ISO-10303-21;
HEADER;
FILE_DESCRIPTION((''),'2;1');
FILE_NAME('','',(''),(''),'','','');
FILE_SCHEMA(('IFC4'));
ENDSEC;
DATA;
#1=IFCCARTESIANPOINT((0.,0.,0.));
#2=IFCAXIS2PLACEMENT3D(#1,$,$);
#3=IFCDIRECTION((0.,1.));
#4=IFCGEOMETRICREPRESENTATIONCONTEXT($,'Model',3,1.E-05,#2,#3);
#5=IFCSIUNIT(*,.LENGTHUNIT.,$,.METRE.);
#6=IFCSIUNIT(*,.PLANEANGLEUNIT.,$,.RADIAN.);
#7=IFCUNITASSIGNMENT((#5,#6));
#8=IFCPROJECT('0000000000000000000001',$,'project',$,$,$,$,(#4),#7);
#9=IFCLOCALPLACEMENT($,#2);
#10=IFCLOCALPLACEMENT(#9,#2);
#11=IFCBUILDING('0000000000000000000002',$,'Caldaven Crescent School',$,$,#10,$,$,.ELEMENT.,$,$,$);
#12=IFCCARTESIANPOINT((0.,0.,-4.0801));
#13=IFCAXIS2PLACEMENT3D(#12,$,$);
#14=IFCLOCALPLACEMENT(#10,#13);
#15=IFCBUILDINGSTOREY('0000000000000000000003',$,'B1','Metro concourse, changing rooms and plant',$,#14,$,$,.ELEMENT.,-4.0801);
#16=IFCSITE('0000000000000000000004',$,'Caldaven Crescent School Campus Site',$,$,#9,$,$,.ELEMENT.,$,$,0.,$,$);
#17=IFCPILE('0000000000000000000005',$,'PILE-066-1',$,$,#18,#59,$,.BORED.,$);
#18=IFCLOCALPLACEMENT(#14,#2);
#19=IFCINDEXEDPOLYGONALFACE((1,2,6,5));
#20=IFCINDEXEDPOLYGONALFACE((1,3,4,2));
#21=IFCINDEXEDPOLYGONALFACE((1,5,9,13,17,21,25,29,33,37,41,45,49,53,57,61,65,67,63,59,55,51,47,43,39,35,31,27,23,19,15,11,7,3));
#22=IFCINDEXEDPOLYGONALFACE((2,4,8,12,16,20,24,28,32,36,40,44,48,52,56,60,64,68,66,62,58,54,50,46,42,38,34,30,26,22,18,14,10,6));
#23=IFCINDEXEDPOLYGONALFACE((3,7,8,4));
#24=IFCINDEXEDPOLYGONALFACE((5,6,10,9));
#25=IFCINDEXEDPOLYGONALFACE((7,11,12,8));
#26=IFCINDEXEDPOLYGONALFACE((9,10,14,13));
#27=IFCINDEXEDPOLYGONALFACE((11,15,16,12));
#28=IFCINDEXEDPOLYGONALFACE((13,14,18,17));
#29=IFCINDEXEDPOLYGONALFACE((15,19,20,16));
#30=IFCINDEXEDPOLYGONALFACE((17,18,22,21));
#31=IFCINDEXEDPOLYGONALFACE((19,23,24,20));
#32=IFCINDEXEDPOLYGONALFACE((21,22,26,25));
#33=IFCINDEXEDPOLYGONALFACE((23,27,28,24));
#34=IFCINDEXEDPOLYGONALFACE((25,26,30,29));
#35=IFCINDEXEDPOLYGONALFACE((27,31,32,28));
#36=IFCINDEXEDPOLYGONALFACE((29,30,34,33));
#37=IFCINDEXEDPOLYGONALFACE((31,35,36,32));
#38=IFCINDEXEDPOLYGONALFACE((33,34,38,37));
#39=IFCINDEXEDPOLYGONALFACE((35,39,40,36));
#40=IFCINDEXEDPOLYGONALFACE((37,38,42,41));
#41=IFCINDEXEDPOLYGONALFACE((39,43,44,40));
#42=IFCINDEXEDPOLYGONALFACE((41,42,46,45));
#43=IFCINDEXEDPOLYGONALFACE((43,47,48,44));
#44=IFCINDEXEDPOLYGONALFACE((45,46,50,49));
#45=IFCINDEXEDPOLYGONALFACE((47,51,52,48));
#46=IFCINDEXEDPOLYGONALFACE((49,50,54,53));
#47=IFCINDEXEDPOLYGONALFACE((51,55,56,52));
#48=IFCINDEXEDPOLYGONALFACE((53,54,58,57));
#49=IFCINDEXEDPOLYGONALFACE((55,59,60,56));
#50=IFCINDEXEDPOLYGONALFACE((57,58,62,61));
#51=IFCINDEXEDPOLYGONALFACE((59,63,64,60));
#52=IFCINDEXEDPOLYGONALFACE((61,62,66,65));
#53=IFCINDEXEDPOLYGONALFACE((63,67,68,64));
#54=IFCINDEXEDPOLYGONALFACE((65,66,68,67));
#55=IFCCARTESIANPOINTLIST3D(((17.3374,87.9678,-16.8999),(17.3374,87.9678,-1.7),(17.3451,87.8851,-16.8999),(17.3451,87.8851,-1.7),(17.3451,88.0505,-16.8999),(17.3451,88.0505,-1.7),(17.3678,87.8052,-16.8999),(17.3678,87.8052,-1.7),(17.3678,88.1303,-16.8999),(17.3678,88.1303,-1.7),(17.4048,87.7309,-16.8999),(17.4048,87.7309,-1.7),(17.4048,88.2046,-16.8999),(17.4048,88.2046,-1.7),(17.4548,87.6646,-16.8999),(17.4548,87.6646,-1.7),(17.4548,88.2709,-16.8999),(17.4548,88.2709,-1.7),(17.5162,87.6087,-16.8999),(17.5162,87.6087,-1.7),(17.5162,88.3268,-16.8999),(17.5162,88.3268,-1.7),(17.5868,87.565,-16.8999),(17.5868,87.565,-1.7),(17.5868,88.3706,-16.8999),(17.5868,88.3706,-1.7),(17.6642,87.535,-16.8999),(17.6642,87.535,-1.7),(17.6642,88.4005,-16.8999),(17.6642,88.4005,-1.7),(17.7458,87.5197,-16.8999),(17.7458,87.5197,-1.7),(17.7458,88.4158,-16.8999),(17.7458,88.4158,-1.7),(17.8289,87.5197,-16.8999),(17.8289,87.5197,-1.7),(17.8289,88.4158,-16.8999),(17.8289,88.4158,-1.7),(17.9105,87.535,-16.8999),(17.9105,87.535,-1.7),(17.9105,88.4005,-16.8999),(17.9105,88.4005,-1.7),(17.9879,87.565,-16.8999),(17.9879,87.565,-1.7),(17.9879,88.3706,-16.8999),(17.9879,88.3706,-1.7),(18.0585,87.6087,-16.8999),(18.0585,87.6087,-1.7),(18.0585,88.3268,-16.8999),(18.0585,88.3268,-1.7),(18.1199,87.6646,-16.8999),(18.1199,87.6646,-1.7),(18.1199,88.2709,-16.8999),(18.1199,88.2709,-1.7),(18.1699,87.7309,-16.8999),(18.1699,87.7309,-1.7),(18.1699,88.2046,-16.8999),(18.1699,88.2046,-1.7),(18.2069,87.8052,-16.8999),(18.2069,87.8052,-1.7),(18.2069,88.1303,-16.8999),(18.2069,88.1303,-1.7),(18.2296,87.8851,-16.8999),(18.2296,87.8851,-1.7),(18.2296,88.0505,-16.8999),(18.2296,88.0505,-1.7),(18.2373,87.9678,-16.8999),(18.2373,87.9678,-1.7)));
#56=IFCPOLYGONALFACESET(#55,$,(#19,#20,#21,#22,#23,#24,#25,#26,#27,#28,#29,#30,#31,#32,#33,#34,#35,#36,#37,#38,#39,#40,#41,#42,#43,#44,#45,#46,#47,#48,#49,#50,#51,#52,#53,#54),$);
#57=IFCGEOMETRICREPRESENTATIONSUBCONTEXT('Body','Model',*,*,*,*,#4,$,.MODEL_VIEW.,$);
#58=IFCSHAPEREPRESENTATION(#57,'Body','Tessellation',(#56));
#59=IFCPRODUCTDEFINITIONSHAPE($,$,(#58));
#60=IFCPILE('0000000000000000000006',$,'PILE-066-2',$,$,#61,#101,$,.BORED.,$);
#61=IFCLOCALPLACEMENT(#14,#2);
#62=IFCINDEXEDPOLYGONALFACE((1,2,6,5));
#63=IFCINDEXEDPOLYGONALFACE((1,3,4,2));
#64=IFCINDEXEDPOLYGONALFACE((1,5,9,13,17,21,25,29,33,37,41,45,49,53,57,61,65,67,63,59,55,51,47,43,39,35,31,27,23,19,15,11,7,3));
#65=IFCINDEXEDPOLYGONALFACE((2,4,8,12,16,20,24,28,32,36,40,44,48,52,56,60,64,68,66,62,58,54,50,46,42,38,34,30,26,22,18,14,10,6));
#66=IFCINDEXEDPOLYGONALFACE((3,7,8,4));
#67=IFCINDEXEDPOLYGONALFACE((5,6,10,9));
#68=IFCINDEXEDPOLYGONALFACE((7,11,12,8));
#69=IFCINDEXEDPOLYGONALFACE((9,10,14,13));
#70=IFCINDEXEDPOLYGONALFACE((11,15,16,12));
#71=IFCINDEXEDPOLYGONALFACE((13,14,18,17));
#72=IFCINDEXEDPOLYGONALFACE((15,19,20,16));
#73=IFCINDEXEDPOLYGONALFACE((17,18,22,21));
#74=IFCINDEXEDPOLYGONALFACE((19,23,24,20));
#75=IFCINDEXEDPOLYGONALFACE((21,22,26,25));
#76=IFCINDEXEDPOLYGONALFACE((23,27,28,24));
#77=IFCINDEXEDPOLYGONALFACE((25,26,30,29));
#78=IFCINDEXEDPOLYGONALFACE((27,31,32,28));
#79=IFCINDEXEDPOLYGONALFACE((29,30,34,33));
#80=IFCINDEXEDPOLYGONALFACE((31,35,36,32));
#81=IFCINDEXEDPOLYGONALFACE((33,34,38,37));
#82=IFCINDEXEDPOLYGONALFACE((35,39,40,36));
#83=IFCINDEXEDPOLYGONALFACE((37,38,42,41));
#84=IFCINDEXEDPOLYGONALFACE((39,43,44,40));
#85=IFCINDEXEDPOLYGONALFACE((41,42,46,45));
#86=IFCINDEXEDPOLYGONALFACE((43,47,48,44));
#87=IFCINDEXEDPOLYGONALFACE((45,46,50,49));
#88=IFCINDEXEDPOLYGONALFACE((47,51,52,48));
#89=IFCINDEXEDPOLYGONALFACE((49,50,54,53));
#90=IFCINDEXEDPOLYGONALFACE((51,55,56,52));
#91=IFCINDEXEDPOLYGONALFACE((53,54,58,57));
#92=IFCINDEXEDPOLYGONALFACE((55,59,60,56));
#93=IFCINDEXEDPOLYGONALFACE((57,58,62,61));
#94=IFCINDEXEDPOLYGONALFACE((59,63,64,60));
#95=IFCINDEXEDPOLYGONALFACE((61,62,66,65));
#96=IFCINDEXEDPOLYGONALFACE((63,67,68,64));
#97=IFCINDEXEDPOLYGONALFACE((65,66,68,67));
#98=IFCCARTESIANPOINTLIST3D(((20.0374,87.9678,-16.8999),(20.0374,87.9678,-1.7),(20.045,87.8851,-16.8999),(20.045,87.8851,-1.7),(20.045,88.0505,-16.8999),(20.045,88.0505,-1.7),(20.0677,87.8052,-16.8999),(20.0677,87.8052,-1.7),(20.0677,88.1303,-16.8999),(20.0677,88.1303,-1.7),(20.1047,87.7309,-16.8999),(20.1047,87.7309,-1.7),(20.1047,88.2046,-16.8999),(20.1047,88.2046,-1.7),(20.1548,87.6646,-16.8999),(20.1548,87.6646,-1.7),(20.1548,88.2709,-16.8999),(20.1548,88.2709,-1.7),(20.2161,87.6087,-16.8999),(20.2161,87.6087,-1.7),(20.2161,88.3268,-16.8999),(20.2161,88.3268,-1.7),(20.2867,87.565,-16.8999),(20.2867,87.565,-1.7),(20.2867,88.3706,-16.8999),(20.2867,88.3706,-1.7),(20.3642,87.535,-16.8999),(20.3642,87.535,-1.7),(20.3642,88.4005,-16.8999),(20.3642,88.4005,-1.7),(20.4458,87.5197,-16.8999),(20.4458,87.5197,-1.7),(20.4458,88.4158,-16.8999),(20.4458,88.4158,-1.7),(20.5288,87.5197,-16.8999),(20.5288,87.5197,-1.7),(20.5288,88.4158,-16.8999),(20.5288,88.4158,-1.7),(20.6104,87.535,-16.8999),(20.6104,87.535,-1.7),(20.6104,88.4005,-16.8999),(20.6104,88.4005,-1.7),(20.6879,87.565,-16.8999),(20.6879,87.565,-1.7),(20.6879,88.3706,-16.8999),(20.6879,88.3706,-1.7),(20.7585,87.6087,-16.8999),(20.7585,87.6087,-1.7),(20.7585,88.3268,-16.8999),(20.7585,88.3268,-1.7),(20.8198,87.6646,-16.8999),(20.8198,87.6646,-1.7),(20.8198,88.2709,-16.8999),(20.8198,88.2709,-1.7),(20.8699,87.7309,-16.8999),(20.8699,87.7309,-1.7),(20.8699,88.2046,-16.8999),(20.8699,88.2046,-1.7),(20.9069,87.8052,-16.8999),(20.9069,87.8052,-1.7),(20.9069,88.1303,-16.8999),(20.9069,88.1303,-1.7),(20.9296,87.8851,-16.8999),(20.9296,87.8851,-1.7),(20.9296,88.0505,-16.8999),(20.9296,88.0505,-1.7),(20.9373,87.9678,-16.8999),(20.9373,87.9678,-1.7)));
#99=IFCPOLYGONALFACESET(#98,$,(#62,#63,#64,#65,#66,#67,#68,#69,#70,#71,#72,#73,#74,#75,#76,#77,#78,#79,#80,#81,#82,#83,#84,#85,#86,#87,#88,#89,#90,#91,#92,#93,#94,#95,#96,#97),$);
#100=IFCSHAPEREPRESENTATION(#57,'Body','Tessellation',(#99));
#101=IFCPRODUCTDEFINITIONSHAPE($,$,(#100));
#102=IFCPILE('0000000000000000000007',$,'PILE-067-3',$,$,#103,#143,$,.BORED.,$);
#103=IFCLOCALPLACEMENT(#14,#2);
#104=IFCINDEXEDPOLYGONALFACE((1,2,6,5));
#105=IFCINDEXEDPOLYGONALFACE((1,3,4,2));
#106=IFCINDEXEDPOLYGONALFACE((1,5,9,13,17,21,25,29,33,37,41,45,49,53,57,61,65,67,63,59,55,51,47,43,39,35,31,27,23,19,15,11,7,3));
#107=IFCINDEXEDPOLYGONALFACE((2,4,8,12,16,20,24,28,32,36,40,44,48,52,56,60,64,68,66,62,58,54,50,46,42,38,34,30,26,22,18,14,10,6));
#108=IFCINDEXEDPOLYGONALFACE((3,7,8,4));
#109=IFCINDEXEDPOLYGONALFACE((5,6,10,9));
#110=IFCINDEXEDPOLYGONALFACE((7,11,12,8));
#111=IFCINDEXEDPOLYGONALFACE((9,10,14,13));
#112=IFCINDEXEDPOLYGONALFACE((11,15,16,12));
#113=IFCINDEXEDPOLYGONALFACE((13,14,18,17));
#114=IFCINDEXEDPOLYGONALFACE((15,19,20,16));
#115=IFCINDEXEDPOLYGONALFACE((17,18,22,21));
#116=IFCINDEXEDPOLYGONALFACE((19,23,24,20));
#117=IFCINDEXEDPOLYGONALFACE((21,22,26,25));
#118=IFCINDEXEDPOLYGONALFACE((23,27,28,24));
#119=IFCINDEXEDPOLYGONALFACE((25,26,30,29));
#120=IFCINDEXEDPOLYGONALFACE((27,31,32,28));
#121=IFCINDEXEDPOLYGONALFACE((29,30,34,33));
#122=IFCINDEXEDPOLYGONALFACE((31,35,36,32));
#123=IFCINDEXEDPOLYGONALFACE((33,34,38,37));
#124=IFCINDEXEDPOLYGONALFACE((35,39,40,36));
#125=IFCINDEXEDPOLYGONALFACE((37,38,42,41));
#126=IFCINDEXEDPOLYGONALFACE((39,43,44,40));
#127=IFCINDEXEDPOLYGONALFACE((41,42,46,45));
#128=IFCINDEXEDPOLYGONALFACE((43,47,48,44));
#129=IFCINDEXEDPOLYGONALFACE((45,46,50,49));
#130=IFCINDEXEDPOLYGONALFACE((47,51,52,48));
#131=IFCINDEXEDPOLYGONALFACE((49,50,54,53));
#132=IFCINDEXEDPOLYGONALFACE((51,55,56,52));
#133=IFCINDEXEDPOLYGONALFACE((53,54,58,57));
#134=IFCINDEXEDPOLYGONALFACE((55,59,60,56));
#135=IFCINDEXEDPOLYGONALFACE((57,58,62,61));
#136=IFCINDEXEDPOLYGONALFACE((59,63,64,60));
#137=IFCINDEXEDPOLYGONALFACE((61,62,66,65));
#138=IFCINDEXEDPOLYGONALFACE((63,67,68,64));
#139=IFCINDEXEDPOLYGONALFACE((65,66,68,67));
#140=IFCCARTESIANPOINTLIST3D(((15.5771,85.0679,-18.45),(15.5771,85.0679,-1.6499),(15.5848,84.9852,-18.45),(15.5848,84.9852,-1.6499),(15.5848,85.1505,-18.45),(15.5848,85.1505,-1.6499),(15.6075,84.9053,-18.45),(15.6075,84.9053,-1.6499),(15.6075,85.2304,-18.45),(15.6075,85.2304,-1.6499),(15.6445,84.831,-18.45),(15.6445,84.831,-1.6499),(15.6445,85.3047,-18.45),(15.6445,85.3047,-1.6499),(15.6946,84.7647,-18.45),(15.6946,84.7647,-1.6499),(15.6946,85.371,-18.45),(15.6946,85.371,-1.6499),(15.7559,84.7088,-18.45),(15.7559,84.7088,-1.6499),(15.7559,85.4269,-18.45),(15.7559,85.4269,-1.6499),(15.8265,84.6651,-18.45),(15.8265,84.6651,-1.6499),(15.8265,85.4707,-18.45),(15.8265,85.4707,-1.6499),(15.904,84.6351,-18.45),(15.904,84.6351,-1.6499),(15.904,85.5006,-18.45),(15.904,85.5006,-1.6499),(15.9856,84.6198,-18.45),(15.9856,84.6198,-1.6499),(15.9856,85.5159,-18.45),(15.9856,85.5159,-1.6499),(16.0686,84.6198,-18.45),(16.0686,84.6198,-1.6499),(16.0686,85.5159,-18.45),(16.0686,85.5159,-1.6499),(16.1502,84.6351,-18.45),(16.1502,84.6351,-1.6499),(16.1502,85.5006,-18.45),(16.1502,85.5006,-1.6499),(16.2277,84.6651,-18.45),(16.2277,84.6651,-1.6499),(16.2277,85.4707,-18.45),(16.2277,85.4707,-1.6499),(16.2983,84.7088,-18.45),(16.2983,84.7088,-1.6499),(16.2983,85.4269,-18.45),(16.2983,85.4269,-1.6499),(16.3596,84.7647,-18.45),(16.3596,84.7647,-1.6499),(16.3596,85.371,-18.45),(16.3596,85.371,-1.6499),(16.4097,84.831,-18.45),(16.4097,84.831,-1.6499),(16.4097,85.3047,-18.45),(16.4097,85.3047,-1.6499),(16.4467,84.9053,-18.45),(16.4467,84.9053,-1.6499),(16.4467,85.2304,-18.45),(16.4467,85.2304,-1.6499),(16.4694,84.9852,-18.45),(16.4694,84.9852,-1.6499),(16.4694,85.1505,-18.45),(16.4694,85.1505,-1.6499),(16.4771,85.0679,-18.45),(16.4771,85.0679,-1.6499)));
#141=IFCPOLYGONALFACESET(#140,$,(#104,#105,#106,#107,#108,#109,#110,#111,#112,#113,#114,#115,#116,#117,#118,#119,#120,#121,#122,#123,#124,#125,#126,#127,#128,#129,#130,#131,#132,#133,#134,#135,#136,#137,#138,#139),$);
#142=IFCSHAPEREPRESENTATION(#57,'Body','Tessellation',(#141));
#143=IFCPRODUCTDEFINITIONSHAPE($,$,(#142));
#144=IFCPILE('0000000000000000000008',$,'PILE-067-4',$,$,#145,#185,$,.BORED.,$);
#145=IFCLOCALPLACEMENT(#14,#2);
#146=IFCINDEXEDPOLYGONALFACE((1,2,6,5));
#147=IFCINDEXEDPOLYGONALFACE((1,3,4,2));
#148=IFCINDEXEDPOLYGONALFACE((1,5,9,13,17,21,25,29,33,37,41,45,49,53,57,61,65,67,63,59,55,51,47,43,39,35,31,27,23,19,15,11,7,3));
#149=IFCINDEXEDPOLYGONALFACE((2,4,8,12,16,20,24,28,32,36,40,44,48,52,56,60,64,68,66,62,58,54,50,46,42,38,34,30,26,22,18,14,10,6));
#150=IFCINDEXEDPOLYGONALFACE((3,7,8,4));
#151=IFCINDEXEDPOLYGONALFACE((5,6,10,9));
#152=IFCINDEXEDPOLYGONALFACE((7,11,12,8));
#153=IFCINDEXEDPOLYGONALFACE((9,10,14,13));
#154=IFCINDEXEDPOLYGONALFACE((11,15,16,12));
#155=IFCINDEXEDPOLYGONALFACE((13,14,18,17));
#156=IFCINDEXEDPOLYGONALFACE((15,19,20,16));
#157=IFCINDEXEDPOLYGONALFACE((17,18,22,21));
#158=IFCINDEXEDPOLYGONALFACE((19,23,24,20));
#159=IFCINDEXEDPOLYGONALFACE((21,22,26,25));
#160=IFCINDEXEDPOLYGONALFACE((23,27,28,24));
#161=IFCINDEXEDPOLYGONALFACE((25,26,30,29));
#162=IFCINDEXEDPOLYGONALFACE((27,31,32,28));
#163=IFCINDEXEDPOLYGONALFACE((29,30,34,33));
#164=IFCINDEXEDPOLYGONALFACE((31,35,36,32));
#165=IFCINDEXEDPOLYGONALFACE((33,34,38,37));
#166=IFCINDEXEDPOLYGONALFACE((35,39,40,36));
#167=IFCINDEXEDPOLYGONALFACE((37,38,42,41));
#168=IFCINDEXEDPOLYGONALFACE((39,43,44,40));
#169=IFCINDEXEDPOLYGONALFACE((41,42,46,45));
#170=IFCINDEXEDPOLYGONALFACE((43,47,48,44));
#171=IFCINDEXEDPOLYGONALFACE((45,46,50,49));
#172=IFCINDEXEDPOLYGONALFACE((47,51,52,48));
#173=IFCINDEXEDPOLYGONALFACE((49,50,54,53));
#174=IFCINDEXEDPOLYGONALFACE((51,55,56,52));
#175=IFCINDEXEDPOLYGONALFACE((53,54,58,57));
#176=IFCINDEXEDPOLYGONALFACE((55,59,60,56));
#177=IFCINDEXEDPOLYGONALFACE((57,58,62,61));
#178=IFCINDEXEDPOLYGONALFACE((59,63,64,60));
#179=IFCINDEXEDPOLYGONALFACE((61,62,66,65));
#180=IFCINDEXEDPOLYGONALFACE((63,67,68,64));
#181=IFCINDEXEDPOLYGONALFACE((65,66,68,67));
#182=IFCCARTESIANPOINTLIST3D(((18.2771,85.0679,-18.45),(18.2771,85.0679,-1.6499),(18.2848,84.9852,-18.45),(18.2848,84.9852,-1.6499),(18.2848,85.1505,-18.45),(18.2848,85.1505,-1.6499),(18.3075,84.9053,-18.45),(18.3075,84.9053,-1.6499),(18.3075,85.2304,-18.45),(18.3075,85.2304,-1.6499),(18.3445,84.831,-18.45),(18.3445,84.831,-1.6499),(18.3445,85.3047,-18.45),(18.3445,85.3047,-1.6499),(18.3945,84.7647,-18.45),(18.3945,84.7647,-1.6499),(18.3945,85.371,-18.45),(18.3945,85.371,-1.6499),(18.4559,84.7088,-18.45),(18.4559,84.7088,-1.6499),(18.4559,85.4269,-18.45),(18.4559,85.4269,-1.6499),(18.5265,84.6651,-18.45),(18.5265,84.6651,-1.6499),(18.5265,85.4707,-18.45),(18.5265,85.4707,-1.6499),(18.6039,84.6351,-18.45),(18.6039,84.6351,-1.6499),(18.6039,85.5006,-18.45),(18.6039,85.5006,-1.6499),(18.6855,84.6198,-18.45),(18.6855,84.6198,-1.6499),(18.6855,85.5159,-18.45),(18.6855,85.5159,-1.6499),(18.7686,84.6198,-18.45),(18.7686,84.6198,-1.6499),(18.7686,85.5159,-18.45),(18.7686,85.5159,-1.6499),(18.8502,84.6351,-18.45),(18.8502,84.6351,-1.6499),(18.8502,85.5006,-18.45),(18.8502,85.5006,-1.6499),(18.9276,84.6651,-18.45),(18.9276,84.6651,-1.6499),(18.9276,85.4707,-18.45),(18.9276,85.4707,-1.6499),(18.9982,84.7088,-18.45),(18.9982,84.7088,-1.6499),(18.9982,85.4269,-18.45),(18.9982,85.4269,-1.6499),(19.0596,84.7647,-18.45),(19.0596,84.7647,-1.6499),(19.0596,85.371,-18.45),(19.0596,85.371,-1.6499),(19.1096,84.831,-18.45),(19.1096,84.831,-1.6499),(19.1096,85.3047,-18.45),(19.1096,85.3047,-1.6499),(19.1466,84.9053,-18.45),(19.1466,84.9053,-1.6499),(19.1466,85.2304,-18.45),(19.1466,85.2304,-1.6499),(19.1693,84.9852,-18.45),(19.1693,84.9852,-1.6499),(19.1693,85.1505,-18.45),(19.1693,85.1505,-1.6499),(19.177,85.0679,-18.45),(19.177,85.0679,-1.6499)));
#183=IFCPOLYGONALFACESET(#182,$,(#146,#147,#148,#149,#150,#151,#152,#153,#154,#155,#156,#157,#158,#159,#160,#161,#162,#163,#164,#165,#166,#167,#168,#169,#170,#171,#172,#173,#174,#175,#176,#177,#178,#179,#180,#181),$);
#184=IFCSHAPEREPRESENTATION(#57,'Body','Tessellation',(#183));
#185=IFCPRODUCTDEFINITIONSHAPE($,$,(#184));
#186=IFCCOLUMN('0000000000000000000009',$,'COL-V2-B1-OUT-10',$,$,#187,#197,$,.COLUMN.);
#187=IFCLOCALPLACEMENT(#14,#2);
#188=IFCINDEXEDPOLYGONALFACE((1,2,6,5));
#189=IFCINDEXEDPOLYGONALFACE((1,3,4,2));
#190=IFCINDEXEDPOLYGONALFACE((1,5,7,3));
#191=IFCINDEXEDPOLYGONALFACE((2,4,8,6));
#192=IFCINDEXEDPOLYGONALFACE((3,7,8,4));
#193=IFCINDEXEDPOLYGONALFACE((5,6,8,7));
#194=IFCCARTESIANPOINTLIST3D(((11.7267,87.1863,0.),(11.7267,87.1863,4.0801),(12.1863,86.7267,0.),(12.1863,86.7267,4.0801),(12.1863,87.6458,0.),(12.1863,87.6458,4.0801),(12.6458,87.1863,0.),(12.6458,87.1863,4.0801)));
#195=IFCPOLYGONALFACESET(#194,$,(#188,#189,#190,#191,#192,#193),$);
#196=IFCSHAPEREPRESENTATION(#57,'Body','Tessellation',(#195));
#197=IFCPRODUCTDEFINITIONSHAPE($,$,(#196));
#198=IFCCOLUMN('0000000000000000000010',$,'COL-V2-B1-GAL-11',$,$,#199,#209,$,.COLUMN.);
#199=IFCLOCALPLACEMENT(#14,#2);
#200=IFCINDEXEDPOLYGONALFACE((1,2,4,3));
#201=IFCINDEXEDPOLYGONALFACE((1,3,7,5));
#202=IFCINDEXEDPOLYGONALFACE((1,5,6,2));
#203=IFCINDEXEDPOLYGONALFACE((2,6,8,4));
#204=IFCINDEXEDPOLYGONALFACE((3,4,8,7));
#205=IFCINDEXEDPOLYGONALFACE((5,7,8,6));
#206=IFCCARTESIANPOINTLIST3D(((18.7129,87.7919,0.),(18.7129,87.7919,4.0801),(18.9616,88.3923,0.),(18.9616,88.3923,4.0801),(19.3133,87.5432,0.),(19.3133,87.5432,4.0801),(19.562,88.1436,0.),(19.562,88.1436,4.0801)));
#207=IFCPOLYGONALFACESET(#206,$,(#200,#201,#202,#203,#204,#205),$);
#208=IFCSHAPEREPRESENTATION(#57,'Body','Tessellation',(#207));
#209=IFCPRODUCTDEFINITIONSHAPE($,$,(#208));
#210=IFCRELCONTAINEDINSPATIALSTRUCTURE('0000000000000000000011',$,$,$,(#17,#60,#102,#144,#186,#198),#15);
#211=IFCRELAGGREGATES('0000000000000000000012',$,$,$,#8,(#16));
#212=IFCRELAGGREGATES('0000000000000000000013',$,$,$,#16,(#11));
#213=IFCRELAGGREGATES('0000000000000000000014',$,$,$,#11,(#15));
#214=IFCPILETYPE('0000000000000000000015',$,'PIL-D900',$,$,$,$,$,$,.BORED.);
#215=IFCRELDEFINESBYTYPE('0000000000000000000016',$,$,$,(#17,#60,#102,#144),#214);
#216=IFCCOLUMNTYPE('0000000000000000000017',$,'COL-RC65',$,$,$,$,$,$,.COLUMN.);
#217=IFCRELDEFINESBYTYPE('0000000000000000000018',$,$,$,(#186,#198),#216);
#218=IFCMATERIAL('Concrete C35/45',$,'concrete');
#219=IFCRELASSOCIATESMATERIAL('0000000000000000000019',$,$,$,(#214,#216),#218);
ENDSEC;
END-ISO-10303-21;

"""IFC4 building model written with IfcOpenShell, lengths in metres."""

from ifc_helpers import new_model, si_unit, direction, frame, origin, origin_2d, place, context, subcontext, project, spatial, rectangle, circle, extrude, material, material_profile, profile_set, type_object, element, save


model = new_model("IFC4")

# Units and contexts
model_context = context("Model", 3, precision=1e-05, world=origin(), true_north=direction((0.0, 1.0)))
body_context = subcontext(model_context, "Body", "Model", "MODEL_VIEW")
ifc_project = project(units=[si_unit("LENGTHUNIT", "METRE"), si_unit("PLANEANGLEUNIT", "RADIAN")], contexts=[model_context])

# Site, building, storey
site_placement = place(None, origin())
site = spatial("IfcSite", under=ifc_project, at=site_placement, Name="Caldaven Crescent School Campus Site", CompositionType="ELEMENT", RefElevation=0.0)
building_placement = place(site_placement, origin())
building = spatial("IfcBuilding", under=site, at=building_placement, Name="Caldaven Crescent School", CompositionType="ELEMENT")
storey_placement = place(building_placement, frame((0.0, 0.0, -4.0801)))
storey = spatial("IfcBuildingStorey", under=building, at=storey_placement, Name="B1", Description="Metro concourse, changing rooms and plant", CompositionType="ELEMENT", Elevation=-4.0801)

# Shared definitions
ifc_material_1 = material(Name="Concrete C35/45", Category="concrete")

# Piles
ifc_material_profile_1 = material_profile(ifc_material_1, circle(Radius=0.45, at=origin_2d()), Name="PILE D900")
ifc_profile_set_1 = profile_set([ifc_material_profile_1], Name="Concrete C35/45")
pile_type_1 = type_object("IfcPileType", Name="PIL-D900", PredefinedType="BORED", material=ifc_profile_set_1)
for number, where, z_axis, x_axis, name in (
    (1, (17.7874, 87.9678, -1.7), (0.0, 0.0, -1.0), (1.0, 0.0, 0.0), "PILE-066-1"),
    (2, (20.4873, 87.9678, -1.7), (0.0, 0.0, -1.0), (1.0, 0.0, 0.0), "PILE-066-2"),
):
    element("IfcPile", number, at=place(storey_placement, frame(where, z_axis=z_axis, x_axis=x_axis)), inside=storey, type_object=pile_type_1, Name=name, PredefinedType="BORED", context=body_context, shape_type="SweptSolid", body=[
        extrude(circle(Radius=0.45, at=origin_2d()), origin(), (0.0, 0.0, 1.0), 15.2),
    ])
for number, where, z_axis, x_axis, name in (
    (3, (16.0271, 85.0679, -1.6499), (0.0, 0.0, -1.0), (1.0, 0.0, 0.0), "PILE-067-3"),
    (4, (18.7271, 85.0679, -1.6499), (0.0, 0.0, -1.0), (1.0, 0.0, 0.0), "PILE-067-4"),
):
    element("IfcPile", number, at=place(storey_placement, frame(where, z_axis=z_axis, x_axis=x_axis)), inside=storey, type_object=pile_type_1, Name=name, PredefinedType="BORED", context=body_context, shape_type="SweptSolid", body=[
        extrude(circle(Radius=0.45, at=origin_2d()), origin(), (0.0, 0.0, 1.0), 16.8),
    ])

# Columns
ifc_material_profile_2 = material_profile(ifc_material_1, rectangle(XDim=0.6499, YDim=0.6499, at=origin_2d()), Name="RC 650x650")
ifc_profile_set_2 = profile_set([ifc_material_profile_2], Name="Concrete C35/45")
column_type_1 = type_object("IfcColumnType", Name="COL-RC65", PredefinedType="COLUMN", material=ifc_profile_set_2)
for number, where, z_axis, x_axis, name in (
    (5, (12.1863, 87.1863, 0.0), (0.0, 0.0, 1.0), (-0.707107, -0.707107, 0.0), "COL-V2-B1-OUT-10"),
    (6, (19.1375, 87.9678, 0.0), (0.0, 0.0, 1.0), (-0.382683, -0.92388, 0.0), "COL-V2-B1-GAL-11"),
):
    element("IfcColumn", number, at=place(storey_placement, frame(where, z_axis=z_axis, x_axis=x_axis)), inside=storey, type_object=column_type_1, Name=name, PredefinedType="COLUMN", context=body_context, shape_type="SweptSolid", body=[
        extrude(rectangle(XDim=0.6499, YDim=0.6499, at=origin_2d()), origin(), (0.0, 0.0, 1.0), 4.0801),
    ])

save(model, "model.ifc")
